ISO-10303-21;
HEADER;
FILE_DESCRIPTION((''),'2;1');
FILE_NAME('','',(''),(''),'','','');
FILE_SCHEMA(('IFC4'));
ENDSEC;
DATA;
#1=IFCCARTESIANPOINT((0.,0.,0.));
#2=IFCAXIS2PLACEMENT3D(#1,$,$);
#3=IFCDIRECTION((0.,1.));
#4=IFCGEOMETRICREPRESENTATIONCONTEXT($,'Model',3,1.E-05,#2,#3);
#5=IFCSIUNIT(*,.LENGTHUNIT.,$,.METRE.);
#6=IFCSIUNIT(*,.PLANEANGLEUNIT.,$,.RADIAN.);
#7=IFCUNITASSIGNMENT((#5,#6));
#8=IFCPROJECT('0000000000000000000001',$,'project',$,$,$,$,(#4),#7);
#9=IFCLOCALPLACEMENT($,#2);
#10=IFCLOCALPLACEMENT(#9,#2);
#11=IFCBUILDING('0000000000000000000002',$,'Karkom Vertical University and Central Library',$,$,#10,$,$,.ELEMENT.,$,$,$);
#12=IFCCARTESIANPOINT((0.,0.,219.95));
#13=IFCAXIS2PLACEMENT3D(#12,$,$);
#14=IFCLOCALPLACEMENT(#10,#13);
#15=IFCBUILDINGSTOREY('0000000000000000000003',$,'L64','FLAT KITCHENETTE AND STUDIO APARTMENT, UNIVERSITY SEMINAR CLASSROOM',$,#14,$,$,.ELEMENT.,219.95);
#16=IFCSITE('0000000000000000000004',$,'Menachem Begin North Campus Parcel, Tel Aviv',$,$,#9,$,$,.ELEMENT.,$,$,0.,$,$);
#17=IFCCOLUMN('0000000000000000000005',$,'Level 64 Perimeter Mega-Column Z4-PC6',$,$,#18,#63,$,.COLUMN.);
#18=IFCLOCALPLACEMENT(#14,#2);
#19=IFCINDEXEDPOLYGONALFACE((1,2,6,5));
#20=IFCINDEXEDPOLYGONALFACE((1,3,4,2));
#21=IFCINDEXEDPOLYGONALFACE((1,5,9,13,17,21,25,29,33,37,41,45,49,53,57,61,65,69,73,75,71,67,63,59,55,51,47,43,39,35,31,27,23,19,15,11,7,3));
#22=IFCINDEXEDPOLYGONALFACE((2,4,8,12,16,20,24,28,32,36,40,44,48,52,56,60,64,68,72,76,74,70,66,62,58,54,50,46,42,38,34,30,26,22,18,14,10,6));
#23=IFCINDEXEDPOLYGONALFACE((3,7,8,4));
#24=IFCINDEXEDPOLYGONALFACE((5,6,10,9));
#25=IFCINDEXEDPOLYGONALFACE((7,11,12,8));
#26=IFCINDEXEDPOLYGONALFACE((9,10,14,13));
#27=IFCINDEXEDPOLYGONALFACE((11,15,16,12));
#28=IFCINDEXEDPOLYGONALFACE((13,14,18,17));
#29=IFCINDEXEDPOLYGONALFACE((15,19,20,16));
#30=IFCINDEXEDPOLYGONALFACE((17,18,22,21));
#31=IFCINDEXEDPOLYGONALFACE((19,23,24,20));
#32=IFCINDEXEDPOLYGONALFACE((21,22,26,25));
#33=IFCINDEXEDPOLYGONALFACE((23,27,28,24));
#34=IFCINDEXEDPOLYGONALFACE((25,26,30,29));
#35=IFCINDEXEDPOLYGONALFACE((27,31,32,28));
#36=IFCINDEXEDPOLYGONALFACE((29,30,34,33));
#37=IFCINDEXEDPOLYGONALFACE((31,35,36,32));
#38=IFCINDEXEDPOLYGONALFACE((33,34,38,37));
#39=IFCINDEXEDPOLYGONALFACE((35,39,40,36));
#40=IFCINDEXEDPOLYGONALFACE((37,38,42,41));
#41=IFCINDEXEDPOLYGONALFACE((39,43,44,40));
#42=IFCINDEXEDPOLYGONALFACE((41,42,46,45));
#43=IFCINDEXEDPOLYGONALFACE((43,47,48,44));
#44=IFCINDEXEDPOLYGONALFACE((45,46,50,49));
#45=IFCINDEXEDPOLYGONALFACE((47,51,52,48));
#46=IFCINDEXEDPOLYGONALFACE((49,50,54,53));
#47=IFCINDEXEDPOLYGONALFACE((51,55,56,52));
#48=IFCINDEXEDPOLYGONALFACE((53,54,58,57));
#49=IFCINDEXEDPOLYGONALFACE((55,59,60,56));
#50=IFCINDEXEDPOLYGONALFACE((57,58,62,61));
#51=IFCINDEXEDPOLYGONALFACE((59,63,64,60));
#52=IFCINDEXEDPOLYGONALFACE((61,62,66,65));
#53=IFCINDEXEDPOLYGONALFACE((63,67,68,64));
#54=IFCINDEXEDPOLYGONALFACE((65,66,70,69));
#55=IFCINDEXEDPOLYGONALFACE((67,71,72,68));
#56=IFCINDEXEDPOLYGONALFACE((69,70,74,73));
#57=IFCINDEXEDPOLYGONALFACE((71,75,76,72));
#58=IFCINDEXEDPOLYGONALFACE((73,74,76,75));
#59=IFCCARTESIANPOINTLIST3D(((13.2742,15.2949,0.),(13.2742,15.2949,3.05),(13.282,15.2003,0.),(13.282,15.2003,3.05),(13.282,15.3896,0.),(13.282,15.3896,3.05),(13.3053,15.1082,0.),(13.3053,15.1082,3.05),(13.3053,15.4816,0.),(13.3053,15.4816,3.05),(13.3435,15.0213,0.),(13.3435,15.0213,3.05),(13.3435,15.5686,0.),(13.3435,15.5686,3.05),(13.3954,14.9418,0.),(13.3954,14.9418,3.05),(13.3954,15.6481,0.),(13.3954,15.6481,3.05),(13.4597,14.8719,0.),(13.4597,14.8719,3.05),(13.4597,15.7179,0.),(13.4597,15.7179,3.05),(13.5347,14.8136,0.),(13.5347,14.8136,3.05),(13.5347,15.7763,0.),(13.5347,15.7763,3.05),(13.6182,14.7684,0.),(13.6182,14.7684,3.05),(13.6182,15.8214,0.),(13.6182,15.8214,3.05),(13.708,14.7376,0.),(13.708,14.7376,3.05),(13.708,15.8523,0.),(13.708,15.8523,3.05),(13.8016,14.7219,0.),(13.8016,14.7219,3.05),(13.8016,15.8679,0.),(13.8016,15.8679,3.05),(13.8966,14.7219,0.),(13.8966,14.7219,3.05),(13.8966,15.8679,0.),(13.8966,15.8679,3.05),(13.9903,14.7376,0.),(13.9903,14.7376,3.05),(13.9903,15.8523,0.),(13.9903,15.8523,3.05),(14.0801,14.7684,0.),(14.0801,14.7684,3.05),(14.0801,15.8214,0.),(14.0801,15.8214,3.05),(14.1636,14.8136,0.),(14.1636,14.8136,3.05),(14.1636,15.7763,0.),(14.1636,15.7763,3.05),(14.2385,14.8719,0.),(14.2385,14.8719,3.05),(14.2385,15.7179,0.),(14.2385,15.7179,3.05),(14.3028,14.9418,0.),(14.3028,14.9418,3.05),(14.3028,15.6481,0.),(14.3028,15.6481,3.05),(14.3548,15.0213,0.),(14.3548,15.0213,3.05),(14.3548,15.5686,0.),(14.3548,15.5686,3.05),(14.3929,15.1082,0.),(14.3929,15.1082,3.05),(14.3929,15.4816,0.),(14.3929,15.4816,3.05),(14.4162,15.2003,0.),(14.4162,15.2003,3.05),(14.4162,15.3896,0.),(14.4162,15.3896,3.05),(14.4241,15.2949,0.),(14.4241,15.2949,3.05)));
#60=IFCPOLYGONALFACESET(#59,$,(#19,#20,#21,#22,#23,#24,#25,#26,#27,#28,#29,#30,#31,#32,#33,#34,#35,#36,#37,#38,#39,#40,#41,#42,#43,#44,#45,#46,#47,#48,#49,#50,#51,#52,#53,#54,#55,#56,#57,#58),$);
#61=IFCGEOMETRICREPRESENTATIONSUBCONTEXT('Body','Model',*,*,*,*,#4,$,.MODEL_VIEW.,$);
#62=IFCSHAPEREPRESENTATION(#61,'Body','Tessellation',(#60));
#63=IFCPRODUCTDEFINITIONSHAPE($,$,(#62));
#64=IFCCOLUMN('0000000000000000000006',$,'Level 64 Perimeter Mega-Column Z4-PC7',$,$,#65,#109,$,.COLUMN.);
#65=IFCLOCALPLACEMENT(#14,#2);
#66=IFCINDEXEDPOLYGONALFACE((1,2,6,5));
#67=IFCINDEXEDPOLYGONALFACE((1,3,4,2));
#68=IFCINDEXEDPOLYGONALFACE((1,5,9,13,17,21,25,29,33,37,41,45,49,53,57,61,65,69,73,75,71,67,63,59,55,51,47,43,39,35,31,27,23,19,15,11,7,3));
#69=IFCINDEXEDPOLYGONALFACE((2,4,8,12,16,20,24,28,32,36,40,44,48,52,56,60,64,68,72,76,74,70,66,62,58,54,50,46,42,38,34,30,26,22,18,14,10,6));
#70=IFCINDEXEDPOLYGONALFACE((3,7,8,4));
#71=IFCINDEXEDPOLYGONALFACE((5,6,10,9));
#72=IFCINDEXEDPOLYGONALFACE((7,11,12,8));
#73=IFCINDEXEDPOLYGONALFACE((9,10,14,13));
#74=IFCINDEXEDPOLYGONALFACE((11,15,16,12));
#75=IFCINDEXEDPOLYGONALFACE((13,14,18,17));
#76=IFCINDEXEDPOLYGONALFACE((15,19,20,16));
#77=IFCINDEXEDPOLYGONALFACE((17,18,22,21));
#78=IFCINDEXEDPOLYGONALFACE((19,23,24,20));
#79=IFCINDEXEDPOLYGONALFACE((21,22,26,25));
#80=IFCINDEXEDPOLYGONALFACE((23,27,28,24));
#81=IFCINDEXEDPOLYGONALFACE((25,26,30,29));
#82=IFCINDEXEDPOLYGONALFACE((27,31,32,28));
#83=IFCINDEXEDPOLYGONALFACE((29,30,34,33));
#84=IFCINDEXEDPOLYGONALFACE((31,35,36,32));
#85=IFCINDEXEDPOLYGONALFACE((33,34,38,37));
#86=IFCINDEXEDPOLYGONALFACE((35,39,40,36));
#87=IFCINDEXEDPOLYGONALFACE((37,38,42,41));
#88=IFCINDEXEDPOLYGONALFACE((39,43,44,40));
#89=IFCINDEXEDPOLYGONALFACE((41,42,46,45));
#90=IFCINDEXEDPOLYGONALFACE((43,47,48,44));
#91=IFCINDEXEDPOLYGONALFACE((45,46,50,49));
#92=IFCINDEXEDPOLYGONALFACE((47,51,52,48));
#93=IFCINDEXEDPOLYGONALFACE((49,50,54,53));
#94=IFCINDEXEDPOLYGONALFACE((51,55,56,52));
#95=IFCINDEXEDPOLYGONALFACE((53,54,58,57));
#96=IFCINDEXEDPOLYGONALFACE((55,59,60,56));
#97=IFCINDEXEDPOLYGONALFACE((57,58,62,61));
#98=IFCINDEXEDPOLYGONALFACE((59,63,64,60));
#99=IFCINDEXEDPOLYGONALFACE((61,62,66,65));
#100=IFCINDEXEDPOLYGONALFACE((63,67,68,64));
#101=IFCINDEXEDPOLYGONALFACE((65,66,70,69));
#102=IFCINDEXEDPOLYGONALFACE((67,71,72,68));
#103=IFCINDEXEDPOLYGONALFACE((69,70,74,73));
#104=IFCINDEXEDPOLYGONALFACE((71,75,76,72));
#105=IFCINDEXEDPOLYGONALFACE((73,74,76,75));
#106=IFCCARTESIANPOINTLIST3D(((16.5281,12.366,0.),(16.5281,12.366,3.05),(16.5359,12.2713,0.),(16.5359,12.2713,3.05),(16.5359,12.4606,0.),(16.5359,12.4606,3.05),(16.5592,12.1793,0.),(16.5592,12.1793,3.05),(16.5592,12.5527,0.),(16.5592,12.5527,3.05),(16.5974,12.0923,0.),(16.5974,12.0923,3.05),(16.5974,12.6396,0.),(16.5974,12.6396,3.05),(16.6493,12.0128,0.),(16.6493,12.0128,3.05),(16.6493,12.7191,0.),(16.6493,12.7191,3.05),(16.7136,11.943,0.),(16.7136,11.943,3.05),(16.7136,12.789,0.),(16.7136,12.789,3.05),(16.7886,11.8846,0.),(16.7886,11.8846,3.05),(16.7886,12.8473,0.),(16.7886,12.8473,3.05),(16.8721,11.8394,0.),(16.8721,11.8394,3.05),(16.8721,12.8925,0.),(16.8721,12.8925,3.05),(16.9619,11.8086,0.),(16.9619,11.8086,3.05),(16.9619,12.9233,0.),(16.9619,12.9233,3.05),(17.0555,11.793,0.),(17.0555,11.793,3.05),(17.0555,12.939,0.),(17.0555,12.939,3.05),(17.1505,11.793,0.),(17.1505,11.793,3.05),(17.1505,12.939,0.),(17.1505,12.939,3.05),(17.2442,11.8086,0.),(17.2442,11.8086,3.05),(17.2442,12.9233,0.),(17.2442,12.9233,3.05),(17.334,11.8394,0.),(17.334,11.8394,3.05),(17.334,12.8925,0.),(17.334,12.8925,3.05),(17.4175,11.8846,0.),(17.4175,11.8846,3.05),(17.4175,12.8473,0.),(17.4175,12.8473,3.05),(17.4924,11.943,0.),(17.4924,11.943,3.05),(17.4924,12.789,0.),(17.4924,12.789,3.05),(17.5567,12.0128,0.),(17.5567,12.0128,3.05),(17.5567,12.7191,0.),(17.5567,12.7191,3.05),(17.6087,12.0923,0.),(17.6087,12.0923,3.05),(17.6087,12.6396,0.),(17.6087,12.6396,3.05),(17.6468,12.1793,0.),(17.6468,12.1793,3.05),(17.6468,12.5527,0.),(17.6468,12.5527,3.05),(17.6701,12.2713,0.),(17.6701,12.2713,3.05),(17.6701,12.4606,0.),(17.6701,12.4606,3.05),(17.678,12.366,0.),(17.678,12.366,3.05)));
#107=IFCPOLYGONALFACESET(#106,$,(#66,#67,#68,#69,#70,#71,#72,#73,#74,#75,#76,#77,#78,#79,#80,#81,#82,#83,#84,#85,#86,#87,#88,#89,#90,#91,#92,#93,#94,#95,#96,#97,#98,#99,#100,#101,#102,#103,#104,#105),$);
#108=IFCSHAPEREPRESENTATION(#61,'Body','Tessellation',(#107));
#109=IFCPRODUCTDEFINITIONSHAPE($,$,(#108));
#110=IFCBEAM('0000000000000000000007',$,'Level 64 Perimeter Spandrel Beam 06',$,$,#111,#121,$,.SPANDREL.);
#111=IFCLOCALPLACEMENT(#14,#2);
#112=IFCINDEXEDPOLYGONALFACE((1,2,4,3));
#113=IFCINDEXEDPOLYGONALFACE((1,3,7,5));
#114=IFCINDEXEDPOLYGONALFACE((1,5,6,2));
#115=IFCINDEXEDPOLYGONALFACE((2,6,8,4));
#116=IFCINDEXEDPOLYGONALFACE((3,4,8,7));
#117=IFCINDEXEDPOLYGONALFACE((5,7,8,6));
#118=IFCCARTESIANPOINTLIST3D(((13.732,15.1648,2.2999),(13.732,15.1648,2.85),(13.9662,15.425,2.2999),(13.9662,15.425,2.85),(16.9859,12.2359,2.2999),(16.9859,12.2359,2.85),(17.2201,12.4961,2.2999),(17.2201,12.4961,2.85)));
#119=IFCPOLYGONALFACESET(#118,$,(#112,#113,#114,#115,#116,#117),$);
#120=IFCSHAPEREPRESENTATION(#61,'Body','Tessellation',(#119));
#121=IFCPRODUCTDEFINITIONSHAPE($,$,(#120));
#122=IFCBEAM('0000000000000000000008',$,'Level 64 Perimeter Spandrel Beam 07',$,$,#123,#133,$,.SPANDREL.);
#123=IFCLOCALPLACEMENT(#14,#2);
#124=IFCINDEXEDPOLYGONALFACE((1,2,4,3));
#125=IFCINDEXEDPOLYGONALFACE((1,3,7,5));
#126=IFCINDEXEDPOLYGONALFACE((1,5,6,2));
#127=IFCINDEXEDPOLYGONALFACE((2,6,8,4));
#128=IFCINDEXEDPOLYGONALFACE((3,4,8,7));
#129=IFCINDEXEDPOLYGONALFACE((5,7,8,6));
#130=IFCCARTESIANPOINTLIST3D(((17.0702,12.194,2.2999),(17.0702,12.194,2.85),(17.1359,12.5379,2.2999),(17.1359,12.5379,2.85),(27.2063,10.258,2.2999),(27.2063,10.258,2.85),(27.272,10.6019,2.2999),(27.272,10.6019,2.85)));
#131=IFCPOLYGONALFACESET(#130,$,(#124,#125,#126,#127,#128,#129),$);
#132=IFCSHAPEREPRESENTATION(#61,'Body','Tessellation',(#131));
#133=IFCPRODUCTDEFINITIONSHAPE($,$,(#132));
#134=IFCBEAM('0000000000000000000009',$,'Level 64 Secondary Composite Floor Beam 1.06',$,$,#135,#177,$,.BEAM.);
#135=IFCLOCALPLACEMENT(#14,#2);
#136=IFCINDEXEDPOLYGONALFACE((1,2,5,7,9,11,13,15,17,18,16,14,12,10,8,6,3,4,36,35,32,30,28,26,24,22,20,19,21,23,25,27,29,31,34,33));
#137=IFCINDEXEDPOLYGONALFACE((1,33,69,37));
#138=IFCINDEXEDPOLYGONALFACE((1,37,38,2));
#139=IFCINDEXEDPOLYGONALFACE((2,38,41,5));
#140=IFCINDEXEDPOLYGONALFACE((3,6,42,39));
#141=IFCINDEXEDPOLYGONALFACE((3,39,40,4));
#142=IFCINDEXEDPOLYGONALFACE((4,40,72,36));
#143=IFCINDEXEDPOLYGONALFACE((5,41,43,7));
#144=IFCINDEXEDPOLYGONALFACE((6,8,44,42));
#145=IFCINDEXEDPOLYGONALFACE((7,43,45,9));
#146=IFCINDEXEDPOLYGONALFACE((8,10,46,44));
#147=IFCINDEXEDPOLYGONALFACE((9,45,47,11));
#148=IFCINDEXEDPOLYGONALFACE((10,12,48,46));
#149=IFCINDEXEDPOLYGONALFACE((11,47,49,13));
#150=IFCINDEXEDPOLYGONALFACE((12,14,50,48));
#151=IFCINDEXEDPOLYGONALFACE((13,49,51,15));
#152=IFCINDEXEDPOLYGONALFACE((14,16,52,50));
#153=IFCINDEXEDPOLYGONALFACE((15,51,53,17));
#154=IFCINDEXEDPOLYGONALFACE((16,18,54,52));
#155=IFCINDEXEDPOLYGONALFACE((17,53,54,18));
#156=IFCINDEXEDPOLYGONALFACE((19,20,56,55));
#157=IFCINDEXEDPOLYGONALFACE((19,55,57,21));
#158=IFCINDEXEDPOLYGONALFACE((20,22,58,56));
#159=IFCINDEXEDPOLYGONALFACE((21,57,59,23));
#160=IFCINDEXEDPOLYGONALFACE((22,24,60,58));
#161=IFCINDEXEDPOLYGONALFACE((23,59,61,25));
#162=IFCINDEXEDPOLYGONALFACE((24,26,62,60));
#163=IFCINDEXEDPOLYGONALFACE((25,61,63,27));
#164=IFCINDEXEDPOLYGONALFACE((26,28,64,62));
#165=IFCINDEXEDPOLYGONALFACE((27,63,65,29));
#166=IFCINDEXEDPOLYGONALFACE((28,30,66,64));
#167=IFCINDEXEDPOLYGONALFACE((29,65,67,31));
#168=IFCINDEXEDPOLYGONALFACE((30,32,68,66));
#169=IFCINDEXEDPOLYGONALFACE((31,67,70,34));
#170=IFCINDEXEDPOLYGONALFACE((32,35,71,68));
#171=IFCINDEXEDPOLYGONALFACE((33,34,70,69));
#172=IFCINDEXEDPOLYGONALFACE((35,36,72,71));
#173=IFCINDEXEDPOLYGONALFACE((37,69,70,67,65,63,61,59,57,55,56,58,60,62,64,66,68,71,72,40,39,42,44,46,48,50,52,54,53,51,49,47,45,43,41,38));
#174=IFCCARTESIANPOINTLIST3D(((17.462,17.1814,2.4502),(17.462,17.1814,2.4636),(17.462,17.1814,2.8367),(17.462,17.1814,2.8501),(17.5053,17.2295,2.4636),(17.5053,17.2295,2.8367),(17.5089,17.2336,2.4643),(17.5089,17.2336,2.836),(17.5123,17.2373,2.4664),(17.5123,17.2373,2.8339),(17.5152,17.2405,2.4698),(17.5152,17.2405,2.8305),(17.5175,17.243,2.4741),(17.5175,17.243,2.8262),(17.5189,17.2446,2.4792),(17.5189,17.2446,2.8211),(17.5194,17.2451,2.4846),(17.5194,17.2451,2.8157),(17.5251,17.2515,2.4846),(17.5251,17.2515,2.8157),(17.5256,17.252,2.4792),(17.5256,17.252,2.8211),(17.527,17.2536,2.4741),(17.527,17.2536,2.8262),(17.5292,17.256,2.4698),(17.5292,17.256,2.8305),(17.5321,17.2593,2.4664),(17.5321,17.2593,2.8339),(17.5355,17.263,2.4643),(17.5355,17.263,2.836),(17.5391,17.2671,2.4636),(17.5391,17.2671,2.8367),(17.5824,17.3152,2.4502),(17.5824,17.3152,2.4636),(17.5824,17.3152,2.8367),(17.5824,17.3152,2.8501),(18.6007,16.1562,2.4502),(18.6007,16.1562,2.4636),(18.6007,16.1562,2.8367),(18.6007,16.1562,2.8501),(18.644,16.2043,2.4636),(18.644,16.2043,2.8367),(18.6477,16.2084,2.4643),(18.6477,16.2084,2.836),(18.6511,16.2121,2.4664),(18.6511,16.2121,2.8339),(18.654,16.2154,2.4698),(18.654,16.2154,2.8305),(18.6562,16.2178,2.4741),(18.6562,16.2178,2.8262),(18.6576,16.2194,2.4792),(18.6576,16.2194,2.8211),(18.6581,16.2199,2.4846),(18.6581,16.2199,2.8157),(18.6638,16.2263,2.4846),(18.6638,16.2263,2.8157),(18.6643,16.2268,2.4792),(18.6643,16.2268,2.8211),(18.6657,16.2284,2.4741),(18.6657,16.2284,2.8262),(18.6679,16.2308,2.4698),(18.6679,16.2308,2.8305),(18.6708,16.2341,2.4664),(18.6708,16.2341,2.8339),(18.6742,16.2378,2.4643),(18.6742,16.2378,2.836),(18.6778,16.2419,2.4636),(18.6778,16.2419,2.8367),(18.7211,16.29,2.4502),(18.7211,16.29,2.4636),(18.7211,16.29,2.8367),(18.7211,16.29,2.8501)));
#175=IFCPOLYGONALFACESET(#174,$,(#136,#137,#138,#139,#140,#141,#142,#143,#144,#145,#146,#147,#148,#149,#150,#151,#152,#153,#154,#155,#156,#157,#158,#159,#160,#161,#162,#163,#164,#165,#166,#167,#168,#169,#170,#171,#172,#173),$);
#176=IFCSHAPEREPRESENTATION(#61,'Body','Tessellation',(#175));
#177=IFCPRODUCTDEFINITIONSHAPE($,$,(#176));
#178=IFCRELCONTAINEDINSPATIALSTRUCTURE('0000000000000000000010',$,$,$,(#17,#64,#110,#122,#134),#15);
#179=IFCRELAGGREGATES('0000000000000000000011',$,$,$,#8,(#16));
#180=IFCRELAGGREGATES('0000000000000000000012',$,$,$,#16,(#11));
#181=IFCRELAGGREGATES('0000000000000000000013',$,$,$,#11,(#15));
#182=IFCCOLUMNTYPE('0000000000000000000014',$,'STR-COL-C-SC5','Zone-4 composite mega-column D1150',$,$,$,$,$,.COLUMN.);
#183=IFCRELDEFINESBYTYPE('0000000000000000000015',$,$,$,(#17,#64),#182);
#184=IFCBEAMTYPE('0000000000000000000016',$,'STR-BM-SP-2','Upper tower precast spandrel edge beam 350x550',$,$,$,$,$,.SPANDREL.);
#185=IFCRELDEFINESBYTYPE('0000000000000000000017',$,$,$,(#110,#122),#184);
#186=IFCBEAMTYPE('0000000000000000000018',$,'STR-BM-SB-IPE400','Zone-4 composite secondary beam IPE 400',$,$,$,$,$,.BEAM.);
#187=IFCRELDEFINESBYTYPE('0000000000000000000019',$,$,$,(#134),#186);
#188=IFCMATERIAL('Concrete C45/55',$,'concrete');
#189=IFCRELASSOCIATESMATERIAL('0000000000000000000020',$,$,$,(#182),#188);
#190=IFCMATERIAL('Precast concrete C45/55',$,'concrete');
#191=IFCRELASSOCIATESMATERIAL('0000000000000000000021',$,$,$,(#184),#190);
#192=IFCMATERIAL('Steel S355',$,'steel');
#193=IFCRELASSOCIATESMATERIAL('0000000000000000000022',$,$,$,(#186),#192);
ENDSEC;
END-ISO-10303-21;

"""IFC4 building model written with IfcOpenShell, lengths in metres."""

from ifc_helpers import new_model, si_unit, direction, frame, origin, origin_with_axes, origin_2d, place, context, subcontext, project, spatial, rectangle, circle, i_section, extrude, source, transform, mapped, material, material_profile, profile_set, type_object, element, save


model = new_model("IFC4")

# Units and contexts
model_context = context("Model", 3, precision=1e-05, world=origin(), true_north=direction((0.0, 1.0)))
body_context = subcontext(model_context, "Body", "Model", "MODEL_VIEW")
ifc_project = project(units=[si_unit("LENGTHUNIT", "METRE"), si_unit("PLANEANGLEUNIT", "RADIAN")], contexts=[model_context])

# Site, building, storey
site_placement = place(None, origin())
site = spatial("IfcSite", under=ifc_project, at=site_placement, Name="Menachem Begin North Campus Parcel, Tel Aviv", CompositionType="ELEMENT", RefElevation=0.0)
building_placement = place(site_placement, origin())
building = spatial("IfcBuilding", under=site, at=building_placement, Name="Karkom Vertical University and Central Library", CompositionType="ELEMENT")
storey_placement = place(building_placement, frame((0.0, 0.0, 219.95)))
storey = spatial("IfcBuildingStorey", under=building, at=storey_placement, Name="L64", Description="FLAT KITCHENETTE AND STUDIO APARTMENT, UNIVERSITY SEMINAR CLASSROOM", CompositionType="ELEMENT", Elevation=219.95)

# Columns
ifc_material_1 = material(Name="Concrete C45/55", Category="concrete")
ifc_material_profile_1 = material_profile(ifc_material_1, circle(Radius=0.575, at=origin_2d()), Name="CFT-D1150")
ifc_profile_set_1 = profile_set([ifc_material_profile_1], Name="Concrete C45/55")
column_type = type_object("IfcColumnType", Name="STR-COL-C-SC5", Description="Zone-4 composite mega-column D1150", PredefinedType="COLUMN", material=ifc_profile_set_1)
shared_shape_1 = source(origin_with_axes(), body_context, "Body", "SweptSolid", [
    extrude(circle(Radius=0.575, at=origin_2d()), origin(), (0.0, 0.0, 1.0), 3.05),
])
for number, where, z_axis, x_axis, name in (
    (1, (13.8491, 15.2949, 0.0), (0.0, 0.0, 1.0), (1.0, 0.0, 0.0), "Level 64 Perimeter Mega-Column Z4-PC6"),
    (2, (17.103, 12.366, 0.0), (0.0, 0.0, 1.0), (1.0, 0.0, 0.0), "Level 64 Perimeter Mega-Column Z4-PC7"),
):
    element("IfcColumn", number, at=place(storey_placement, frame(where, z_axis=z_axis, x_axis=x_axis)), inside=storey, type_object=column_type, Name=name, PredefinedType="COLUMN", context=body_context, shape_type="MappedRepresentation", body=[
        mapped(shared_shape_1, transform((0.0, 0.0, 0.0), scale=1.0)),
    ])

# Beams
ifc_material_2 = material(Name="Precast concrete C45/55", Category="concrete")
ifc_material_profile_2 = material_profile(ifc_material_2, rectangle(XDim=0.3501, YDim=0.55, at=origin_2d()), Name="SPB-350x550")
ifc_profile_set_2 = profile_set([ifc_material_profile_2], Name="Precast concrete C45/55")
beam_type_1 = type_object("IfcBeamType", Name="STR-BM-SP-2", Description="Upper tower precast spandrel edge beam 350x550", PredefinedType="SPANDREL", material=ifc_profile_set_2)
shared_shape_2 = source(origin_with_axes(), body_context, "Body", "SweptSolid", [
    extrude(rectangle(XDim=0.3501, YDim=0.55, at=origin_2d()), origin(), (0.0, 0.0, 1.0), 4.3779),
])
beam_1_placement = place(storey_placement, frame((13.8491, 15.2949, 2.575), z_axis=(0.743244, -0.66902, 0.0), x_axis=(0.66902, 0.743244, 0.0)))
element("IfcBeam", 3, at=beam_1_placement, inside=storey, type_object=beam_type_1, Name="Level 64 Perimeter Spandrel Beam 06", PredefinedType="SPANDREL", context=body_context, shape_type="MappedRepresentation", body=[
    mapped(shared_shape_2, transform((0.0, 0.0, 0.0), scale=1.0)),
])
shared_shape_3 = source(origin_with_axes(), body_context, "Body", "SweptSolid", [
    extrude(rectangle(XDim=0.3501, YDim=0.55, at=origin_2d()), origin(), (0.0, 0.0, 1.0), 10.3193),
])
beam_2_placement = place(storey_placement, frame((17.103, 12.366, 2.575), z_axis=(0.982243, -0.187614, 0.0), x_axis=(0.187614, 0.982243, 0.0)))
element("IfcBeam", 4, at=beam_2_placement, inside=storey, type_object=beam_type_1, Name="Level 64 Perimeter Spandrel Beam 07", PredefinedType="SPANDREL", context=body_context, shape_type="MappedRepresentation", body=[
    mapped(shared_shape_3, transform((0.0, 0.0, 0.0), scale=1.0)),
])
ifc_material_3 = material(Name="Steel S355", Category="steel")
ifc_material_profile_3 = material_profile(ifc_material_3, i_section(OverallWidth=0.1799, OverallDepth=0.3999, WebThickness=0.0085, FlangeThickness=0.0134, FilletRadius=0.021, at=origin_2d()), Name="IPE 400")
ifc_profile_set_3 = profile_set([ifc_material_profile_3], Name="Steel S355")
beam_type_2 = type_object("IfcBeamType", Name="STR-BM-SB-IPE400", Description="Zone-4 composite secondary beam IPE 400", PredefinedType="BEAM", material=ifc_profile_set_3)
shared_shape_4 = source(origin_with_axes(), body_context, "Body", "SweptSolid", [
    extrude(i_section(OverallWidth=0.1799, OverallDepth=0.3999, WebThickness=0.0085, FlangeThickness=0.0134, FilletRadius=0.021, at=origin_2d()), origin(), (0.0, 0.0, 1.0), 1.5322),
])
beam_3_placement = place(storey_placement, frame((17.5222, 17.2483, 2.6501), z_axis=(0.743183, -0.669088, 0.0), x_axis=(0.669088, 0.743183, 0.0)))
element("IfcBeam", 5, at=beam_3_placement, inside=storey, type_object=beam_type_2, Name="Level 64 Secondary Composite Floor Beam 1.06", PredefinedType="BEAM", context=body_context, shape_type="MappedRepresentation", body=[
    mapped(shared_shape_4, transform((0.0, 0.0, 0.0), scale=1.0)),
])

save(model, "model.ifc")
